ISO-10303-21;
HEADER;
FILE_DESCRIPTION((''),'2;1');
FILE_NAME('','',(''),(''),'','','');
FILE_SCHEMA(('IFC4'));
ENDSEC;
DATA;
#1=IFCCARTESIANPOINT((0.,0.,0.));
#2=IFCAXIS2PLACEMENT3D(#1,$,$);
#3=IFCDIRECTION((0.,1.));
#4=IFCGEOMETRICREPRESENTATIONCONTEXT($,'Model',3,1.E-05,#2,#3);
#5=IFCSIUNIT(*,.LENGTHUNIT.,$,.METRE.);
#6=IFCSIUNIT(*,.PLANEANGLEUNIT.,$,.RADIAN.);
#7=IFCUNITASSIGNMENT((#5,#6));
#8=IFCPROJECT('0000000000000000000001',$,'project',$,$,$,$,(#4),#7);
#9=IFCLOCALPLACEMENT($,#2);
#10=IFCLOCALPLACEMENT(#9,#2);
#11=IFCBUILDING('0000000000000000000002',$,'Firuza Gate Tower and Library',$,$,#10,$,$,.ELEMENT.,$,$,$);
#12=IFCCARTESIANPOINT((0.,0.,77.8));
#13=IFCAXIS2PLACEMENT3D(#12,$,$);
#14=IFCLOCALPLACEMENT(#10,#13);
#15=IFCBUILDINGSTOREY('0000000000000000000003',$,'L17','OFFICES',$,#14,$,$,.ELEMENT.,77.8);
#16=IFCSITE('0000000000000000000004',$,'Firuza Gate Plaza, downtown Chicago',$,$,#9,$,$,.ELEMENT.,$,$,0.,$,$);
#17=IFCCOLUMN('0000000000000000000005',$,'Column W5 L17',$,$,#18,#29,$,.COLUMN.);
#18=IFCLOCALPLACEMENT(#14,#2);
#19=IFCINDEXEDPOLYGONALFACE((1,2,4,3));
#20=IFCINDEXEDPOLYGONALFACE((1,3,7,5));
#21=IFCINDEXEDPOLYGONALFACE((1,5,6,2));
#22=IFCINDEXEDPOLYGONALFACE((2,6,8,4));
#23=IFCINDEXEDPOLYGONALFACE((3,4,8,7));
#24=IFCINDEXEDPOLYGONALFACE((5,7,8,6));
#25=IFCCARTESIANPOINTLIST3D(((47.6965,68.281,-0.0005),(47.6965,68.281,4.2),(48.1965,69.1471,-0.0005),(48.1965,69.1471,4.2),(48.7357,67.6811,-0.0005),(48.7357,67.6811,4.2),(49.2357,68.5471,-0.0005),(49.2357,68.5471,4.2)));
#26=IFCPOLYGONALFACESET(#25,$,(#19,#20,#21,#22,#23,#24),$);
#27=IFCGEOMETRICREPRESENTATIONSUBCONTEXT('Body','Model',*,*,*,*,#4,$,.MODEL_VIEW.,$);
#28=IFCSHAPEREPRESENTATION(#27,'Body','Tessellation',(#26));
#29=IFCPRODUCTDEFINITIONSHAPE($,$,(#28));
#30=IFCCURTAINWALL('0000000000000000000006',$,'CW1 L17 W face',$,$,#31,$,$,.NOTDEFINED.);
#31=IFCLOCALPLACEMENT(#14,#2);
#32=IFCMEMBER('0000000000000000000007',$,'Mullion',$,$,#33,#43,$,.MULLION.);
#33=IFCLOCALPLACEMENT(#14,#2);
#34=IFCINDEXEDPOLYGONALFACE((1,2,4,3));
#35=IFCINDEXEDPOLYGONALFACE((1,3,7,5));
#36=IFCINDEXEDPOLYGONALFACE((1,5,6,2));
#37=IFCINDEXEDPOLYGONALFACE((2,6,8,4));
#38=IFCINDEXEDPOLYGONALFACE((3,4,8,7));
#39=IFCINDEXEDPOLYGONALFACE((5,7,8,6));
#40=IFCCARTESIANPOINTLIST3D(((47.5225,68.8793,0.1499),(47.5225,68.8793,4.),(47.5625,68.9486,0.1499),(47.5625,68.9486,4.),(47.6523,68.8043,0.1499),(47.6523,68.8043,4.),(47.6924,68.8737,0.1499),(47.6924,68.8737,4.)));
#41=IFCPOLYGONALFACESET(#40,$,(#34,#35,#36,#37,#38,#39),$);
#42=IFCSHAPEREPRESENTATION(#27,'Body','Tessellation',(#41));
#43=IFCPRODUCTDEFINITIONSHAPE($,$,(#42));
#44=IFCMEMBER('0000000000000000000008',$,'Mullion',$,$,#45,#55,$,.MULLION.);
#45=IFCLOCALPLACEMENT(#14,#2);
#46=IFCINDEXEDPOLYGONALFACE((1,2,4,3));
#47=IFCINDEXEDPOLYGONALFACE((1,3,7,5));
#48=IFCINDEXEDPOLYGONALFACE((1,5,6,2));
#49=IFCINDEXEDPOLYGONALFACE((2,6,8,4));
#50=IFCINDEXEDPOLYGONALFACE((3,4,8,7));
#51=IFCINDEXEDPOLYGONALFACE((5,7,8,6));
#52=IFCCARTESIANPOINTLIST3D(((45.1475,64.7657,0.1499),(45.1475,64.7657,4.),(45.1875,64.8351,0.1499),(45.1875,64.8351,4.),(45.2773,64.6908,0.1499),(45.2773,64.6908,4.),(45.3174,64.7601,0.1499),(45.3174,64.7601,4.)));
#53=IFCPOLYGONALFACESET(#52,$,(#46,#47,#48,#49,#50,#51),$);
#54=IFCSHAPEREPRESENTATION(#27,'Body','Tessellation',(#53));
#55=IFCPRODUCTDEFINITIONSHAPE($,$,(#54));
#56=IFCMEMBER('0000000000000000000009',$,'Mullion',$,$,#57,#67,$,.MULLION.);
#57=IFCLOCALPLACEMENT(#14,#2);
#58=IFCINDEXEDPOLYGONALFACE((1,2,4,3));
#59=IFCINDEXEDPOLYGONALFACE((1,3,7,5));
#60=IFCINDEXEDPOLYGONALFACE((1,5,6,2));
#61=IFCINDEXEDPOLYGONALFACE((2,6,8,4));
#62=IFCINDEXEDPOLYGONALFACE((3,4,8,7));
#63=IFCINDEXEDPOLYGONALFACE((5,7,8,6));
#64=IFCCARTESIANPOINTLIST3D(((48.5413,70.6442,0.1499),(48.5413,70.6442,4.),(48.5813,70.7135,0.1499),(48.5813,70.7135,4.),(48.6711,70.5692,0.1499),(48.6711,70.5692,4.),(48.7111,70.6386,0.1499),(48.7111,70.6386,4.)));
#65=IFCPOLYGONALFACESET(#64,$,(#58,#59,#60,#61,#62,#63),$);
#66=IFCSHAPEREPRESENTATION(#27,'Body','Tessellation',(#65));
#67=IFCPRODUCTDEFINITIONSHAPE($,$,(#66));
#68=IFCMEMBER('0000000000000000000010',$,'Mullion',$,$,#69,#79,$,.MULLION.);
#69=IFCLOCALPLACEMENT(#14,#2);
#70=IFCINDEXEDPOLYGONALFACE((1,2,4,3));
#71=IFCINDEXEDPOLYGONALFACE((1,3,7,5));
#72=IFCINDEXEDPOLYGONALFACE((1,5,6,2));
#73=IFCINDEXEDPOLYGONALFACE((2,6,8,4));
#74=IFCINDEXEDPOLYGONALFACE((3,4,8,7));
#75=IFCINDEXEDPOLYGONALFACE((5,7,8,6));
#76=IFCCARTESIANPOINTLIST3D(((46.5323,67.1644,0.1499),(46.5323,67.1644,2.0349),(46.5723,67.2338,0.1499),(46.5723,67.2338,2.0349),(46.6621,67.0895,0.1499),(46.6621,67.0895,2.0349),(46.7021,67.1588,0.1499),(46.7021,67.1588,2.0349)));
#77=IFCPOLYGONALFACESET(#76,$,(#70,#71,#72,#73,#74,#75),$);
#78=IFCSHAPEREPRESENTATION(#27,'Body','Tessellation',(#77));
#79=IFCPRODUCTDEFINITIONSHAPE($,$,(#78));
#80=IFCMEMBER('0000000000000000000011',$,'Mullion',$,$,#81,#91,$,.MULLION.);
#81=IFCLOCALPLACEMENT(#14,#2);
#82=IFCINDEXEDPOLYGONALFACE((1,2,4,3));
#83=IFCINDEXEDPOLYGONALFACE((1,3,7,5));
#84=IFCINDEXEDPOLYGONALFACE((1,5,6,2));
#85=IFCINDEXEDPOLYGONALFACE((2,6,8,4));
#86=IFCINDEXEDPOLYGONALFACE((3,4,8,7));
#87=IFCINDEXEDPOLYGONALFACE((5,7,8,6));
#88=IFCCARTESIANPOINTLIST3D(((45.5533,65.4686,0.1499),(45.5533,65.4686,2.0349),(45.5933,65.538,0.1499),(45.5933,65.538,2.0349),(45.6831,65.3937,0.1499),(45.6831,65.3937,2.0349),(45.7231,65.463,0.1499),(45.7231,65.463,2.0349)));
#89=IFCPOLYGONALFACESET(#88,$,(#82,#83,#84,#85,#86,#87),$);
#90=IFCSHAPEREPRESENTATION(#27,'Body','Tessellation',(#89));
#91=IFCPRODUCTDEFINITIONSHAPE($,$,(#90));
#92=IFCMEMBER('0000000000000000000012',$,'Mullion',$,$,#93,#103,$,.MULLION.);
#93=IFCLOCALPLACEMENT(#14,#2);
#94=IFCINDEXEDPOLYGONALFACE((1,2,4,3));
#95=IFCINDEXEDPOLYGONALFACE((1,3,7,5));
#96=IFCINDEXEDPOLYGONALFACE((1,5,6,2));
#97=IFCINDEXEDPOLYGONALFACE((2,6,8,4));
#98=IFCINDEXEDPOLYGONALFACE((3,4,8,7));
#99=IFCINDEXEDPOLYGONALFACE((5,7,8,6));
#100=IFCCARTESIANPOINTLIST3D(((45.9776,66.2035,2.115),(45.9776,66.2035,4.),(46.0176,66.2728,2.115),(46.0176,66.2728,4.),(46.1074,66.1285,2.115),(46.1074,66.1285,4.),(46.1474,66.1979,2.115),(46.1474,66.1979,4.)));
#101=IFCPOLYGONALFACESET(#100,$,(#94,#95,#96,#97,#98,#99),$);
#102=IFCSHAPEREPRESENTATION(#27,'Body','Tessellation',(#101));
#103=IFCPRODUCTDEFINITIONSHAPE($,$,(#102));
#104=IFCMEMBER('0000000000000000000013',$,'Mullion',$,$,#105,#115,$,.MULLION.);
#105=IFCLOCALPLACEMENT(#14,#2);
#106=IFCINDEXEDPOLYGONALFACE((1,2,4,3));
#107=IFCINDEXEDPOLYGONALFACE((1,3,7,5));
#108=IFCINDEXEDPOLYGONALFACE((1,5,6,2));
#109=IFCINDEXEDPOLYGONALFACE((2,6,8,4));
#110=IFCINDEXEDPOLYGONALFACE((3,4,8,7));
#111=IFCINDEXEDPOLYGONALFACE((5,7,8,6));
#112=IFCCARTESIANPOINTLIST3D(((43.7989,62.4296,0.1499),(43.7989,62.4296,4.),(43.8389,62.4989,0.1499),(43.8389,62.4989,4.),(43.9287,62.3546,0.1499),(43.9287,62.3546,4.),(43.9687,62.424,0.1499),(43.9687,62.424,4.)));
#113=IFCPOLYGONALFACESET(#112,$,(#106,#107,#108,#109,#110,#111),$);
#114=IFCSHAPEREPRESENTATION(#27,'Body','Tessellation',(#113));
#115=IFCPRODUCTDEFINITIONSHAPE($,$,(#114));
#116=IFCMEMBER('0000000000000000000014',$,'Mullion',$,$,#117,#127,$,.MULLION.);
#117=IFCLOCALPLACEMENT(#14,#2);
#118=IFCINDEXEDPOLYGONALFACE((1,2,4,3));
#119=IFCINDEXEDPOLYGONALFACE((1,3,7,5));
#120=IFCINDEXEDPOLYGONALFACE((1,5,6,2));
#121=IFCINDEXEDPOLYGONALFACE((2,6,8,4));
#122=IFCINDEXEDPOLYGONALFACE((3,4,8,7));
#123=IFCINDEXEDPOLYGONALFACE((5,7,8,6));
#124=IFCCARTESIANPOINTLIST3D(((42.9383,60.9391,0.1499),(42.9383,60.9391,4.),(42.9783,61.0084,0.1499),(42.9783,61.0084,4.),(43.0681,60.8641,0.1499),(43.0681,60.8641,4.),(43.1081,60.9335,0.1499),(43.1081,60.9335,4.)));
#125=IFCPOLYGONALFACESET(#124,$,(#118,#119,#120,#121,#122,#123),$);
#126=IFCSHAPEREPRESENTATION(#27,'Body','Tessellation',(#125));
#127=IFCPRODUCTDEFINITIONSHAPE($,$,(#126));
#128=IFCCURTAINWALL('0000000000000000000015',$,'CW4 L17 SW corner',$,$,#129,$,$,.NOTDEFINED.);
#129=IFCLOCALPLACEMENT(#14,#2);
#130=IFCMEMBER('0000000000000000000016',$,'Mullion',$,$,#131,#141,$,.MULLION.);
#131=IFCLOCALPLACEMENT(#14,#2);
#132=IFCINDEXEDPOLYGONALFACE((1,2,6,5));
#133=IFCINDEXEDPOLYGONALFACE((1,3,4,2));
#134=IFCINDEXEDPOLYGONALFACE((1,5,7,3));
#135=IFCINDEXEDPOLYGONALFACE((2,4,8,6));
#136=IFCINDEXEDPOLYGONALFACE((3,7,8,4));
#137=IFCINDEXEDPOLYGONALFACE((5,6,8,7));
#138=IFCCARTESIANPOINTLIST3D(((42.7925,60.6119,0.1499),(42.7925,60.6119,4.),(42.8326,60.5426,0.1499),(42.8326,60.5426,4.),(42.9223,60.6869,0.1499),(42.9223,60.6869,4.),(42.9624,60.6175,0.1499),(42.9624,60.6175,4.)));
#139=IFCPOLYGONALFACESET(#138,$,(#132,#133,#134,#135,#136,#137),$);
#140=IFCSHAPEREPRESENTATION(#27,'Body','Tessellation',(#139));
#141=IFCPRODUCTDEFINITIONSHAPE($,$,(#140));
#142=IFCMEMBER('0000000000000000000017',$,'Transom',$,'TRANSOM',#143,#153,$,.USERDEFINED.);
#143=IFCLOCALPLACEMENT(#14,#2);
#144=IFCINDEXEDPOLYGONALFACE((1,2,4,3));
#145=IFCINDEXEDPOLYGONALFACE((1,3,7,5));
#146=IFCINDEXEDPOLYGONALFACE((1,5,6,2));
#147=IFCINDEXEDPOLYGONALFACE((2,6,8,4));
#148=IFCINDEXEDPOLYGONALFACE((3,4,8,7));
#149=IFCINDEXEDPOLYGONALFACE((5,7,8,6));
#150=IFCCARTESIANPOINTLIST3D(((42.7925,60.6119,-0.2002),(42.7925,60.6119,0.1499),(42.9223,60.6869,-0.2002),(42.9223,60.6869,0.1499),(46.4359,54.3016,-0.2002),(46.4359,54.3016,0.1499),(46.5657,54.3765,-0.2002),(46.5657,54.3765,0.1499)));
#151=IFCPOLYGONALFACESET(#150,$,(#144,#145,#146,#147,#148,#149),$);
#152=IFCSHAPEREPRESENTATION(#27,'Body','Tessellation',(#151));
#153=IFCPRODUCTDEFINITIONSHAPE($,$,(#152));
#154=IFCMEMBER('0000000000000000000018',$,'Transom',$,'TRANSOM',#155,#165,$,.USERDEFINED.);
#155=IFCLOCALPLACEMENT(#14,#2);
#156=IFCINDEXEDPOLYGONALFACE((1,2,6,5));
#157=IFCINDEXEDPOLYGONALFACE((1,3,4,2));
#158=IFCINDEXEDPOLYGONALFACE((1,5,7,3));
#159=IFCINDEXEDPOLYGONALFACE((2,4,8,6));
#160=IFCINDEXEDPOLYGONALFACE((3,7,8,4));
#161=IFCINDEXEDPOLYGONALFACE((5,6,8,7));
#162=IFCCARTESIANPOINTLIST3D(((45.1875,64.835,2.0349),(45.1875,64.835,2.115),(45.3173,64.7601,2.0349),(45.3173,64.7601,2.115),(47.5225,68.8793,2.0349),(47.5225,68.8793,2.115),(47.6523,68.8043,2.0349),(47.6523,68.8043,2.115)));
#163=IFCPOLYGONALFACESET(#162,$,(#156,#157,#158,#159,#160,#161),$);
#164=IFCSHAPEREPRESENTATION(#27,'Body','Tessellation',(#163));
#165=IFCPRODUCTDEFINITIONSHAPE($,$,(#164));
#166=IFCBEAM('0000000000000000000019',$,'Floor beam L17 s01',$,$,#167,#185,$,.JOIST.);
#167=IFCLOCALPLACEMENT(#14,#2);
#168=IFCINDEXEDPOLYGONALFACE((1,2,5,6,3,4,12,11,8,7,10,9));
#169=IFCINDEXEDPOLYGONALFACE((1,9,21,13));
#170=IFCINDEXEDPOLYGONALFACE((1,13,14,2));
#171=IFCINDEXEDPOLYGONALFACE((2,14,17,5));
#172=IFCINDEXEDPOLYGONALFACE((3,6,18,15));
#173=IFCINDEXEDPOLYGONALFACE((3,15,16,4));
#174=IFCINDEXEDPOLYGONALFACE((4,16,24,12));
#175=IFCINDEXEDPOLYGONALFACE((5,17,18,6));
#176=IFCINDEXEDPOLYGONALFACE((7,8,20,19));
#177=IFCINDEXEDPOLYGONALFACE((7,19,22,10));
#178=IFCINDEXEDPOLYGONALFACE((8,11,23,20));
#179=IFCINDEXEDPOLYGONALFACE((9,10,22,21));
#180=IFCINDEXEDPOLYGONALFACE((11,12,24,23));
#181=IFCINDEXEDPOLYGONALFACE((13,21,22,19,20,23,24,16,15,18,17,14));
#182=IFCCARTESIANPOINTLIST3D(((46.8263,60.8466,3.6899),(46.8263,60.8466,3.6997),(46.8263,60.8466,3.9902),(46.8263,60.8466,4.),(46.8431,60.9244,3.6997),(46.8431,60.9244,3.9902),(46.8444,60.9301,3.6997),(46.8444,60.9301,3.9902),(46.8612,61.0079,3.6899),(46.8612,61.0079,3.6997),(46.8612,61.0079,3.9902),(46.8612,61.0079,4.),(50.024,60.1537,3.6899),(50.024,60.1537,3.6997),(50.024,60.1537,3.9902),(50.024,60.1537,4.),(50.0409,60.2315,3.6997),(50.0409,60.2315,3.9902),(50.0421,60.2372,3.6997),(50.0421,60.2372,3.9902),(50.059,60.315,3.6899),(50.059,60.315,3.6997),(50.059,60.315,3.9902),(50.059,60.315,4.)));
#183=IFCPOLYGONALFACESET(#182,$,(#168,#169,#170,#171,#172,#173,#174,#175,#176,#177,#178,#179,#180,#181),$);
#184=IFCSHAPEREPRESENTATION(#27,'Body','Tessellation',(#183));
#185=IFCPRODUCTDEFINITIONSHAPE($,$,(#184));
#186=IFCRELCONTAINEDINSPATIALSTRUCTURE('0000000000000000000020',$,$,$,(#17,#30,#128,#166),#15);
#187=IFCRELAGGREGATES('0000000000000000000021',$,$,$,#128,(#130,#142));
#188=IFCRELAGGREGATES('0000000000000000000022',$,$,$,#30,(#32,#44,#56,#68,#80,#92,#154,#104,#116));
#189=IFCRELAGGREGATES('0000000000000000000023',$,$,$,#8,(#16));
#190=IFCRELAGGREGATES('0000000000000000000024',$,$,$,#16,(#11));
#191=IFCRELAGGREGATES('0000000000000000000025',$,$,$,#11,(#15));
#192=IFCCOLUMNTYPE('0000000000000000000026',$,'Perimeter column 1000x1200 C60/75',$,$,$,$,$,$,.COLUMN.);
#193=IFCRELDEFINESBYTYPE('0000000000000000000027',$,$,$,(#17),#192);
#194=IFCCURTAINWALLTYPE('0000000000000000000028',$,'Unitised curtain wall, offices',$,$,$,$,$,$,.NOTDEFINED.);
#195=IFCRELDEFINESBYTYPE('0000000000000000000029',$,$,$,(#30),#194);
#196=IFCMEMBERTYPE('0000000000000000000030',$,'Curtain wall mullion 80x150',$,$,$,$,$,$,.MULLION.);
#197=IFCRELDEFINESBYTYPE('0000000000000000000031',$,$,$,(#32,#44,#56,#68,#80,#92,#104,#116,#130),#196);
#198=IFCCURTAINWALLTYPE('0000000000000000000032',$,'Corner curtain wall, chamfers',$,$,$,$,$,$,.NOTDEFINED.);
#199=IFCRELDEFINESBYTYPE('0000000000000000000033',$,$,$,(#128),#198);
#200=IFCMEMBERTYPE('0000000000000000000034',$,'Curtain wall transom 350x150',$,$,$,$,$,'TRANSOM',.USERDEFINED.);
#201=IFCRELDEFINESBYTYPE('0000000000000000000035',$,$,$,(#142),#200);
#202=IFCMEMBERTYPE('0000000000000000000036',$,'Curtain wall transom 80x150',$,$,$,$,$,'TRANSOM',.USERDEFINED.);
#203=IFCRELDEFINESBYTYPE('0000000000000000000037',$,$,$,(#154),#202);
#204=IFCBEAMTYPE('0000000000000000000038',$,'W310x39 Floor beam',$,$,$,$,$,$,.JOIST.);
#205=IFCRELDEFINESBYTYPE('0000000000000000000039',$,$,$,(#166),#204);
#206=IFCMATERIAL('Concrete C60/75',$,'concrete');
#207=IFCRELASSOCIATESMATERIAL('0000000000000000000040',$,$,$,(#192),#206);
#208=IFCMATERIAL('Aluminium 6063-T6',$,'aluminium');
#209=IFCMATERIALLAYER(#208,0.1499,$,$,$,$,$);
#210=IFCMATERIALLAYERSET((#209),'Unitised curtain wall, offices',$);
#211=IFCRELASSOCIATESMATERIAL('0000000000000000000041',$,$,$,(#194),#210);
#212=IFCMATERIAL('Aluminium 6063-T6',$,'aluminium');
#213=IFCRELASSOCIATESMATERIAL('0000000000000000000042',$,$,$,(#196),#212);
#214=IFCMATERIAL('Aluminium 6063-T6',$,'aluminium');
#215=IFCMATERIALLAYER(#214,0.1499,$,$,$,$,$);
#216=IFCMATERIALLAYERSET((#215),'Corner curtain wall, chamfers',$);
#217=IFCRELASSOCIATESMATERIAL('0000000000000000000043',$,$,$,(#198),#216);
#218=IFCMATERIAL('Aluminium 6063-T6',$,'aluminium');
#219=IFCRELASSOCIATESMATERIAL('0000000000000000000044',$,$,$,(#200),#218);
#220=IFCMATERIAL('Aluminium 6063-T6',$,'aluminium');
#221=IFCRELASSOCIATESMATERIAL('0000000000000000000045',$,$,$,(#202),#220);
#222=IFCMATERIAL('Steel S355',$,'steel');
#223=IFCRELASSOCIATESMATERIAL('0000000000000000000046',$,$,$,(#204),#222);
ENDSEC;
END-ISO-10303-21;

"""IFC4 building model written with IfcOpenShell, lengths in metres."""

from ifc_helpers import new_model, si_unit, direction, frame, origin, origin_2d, place, context, subcontext, project, spatial, rectangle, i_section, extrude, material, layer, layer_set, material_profile, profile_set, type_object, element, aggregate, save


model = new_model("IFC4")

# Units and contexts
model_context = context("Model", 3, precision=1e-05, world=origin(), true_north=direction((0.0, 1.0)))
body_context = subcontext(model_context, "Body", "Model", "MODEL_VIEW")
ifc_project = project(units=[si_unit("LENGTHUNIT", "METRE"), si_unit("PLANEANGLEUNIT", "RADIAN")], contexts=[model_context])

# Site, building, storey
site_placement = place(None, origin())
site = spatial("IfcSite", under=ifc_project, at=site_placement, Name="Firuza Gate Plaza, downtown Chicago", CompositionType="ELEMENT", RefElevation=0.0)
building_placement = place(site_placement, origin())
building = spatial("IfcBuilding", under=site, at=building_placement, Name="Firuza Gate Tower and Library", CompositionType="ELEMENT")
storey_placement = place(building_placement, frame((0.0, 0.0, 77.8)))
storey = spatial("IfcBuildingStorey", under=building, at=storey_placement, Name="L17", Description="OFFICES", CompositionType="ELEMENT", Elevation=77.8)

# Column
ifc_material_1 = material(Name="Concrete C60/75", Category="concrete")
ifc_material_profile_1 = material_profile(ifc_material_1, rectangle(XDim=1.0, YDim=1.2, at=origin_2d()))
ifc_profile_set_1 = profile_set([ifc_material_profile_1], Name="Concrete C60/75")
column_type = type_object("IfcColumnType", Name="Perimeter column 1000x1200 C60/75", PredefinedType="COLUMN", material=ifc_profile_set_1)
column_placement = place(storey_placement, frame((48.4661, 68.4141, -0.0005), z_axis=(0.0, 0.0, 1.0), x_axis=(-0.5, -0.866025, 0.0)))
element("IfcColumn", 1, at=column_placement, inside=storey, type_object=column_type, Name="Column W5 L17", PredefinedType="COLUMN", context=body_context, shape_type="SweptSolid", body=[
    extrude(rectangle(XDim=1.0, YDim=1.2, at=origin_2d()), origin(), (0.0, 0.0, 1.0), 4.2004),
])

# Curtain walls, members
ifc_material_2 = material(Name="Aluminium 6063-T6", Category="aluminium")
ifc_layer_1 = layer(ifc_material_2, 0.1499)
ifc_layer_set_1 = layer_set([ifc_layer_1], Name="Unitised curtain wall, offices")
curtain_wall_type_1 = type_object("IfcCurtainWallType", Name="Unitised curtain wall, offices", PredefinedType="NOTDEFINED", material=ifc_layer_set_1)
placement = place(storey_placement, origin())
curtain_wall_1 = element("IfcCurtainWall", 2, at=placement, inside=storey, type_object=curtain_wall_type_1, Name="CW1 L17 W face", PredefinedType="NOTDEFINED")
ifc_material_3 = material(Name="Aluminium 6063-T6", Category="aluminium")
ifc_material_profile_2 = material_profile(ifc_material_3, rectangle(XDim=0.1499, YDim=0.0801, at=origin_2d()))
ifc_profile_set_2 = profile_set([ifc_material_profile_2], Name="Aluminium 6063-T6")
member_type_1 = type_object("IfcMemberType", Name="Curtain wall mullion 80x150", PredefinedType="MULLION", material=ifc_profile_set_2)
member_1_placement = place(storey_placement, frame((47.6074, 68.8765, 0.1499), z_axis=(0.0, 0.0, 1.0), x_axis=(0.866025, -0.5, 0.0)))
member_1 = element("IfcMember", 3, at=member_1_placement, type_object=member_type_1, Name="Mullion", PredefinedType="MULLION", context=body_context, shape_type="SweptSolid", body=[
    extrude(rectangle(XDim=0.1499, YDim=0.0801, at=origin_2d()), origin(), (0.0, 0.0, 1.0), 3.8501),
])
member_2_placement = place(storey_placement, frame((45.2324, 64.7629, 0.1499), z_axis=(0.0, 0.0, 1.0), x_axis=(0.866025, -0.5, 0.0)))
member_2 = element("IfcMember", 4, at=member_2_placement, type_object=member_type_1, Name="Mullion", PredefinedType="MULLION", context=body_context, shape_type="SweptSolid", body=[
    extrude(rectangle(XDim=0.1499, YDim=0.0801, at=origin_2d()), origin(), (0.0, 0.0, 1.0), 3.8501),
])
member_3_placement = place(storey_placement, frame((48.6262, 70.6414, 0.1499), z_axis=(0.0, 0.0, 1.0), x_axis=(0.866025, -0.5, 0.0)))
member_3 = element("IfcMember", 5, at=member_3_placement, type_object=member_type_1, Name="Mullion", PredefinedType="MULLION", context=body_context, shape_type="SweptSolid", body=[
    extrude(rectangle(XDim=0.1499, YDim=0.0801, at=origin_2d()), origin(), (0.0, 0.0, 1.0), 3.8501),
])
member_4_placement = place(storey_placement, frame((46.6172, 67.1616, 0.1499), z_axis=(0.0, 0.0, 1.0), x_axis=(0.866025, -0.5, 0.0)))
member_4 = element("IfcMember", 6, at=member_4_placement, type_object=member_type_1, Name="Mullion", PredefinedType="MULLION", context=body_context, shape_type="SweptSolid", body=[
    extrude(rectangle(XDim=0.1499, YDim=0.0801, at=origin_2d()), origin(), (0.0, 0.0, 1.0), 1.885),
])
member_5_placement = place(storey_placement, frame((45.6382, 65.4658, 0.1499), z_axis=(0.0, 0.0, 1.0), x_axis=(0.866025, -0.5, 0.0)))
member_5 = element("IfcMember", 7, at=member_5_placement, type_object=member_type_1, Name="Mullion", PredefinedType="MULLION", context=body_context, shape_type="SweptSolid", body=[
    extrude(rectangle(XDim=0.1499, YDim=0.0801, at=origin_2d()), origin(), (0.0, 0.0, 1.0), 1.885),
])
member_6_placement = place(storey_placement, frame((46.0625, 66.2007, 2.115), z_axis=(0.0, 0.0, 1.0), x_axis=(0.866025, -0.5, 0.0)))
member_6 = element("IfcMember", 8, at=member_6_placement, type_object=member_type_1, Name="Mullion", PredefinedType="MULLION", context=body_context, shape_type="SweptSolid", body=[
    extrude(rectangle(XDim=0.1499, YDim=0.0801, at=origin_2d()), origin(), (0.0, 0.0, 1.0), 1.885),
])
member_7_placement = place(storey_placement, frame((43.8838, 62.4268, 0.1499), z_axis=(0.0, 0.0, 1.0), x_axis=(0.866025, -0.5, 0.0)))
member_7 = element("IfcMember", 9, at=member_7_placement, type_object=member_type_1, Name="Mullion", PredefinedType="MULLION", context=body_context, shape_type="SweptSolid", body=[
    extrude(rectangle(XDim=0.1499, YDim=0.0801, at=origin_2d()), origin(), (0.0, 0.0, 1.0), 3.8501),
])
member_8_placement = place(storey_placement, frame((43.0232, 60.9363, 0.1499), z_axis=(0.0, 0.0, 1.0), x_axis=(0.866025, -0.5, 0.0)))
member_8 = element("IfcMember", 10, at=member_8_placement, type_object=member_type_1, Name="Mullion", PredefinedType="MULLION", context=body_context, shape_type="SweptSolid", body=[
    extrude(rectangle(XDim=0.1499, YDim=0.0801, at=origin_2d()), origin(), (0.0, 0.0, 1.0), 3.8501),
])
ifc_material_4 = material(Name="Aluminium 6063-T6", Category="aluminium")
ifc_layer_2 = layer(ifc_material_4, 0.1499)
ifc_layer_set_2 = layer_set([ifc_layer_2], Name="Corner curtain wall, chamfers")
curtain_wall_type_2 = type_object("IfcCurtainWallType", Name="Corner curtain wall, chamfers", PredefinedType="NOTDEFINED", material=ifc_layer_set_2)
curtain_wall_2 = element("IfcCurtainWall", 11, at=placement, inside=storey, type_object=curtain_wall_type_2, Name="CW4 L17 SW corner", PredefinedType="NOTDEFINED")
member_9_placement = place(storey_placement, frame((42.8774, 60.6147, 0.1499), z_axis=(0.0, 0.0, 1.0), x_axis=(0.866025, 0.5, 0.0)))
member_9 = element("IfcMember", 12, at=member_9_placement, type_object=member_type_1, Name="Mullion", PredefinedType="MULLION", context=body_context, shape_type="SweptSolid", body=[
    extrude(rectangle(XDim=0.1499, YDim=0.0801, at=origin_2d()), origin(), (0.0, 0.0, 1.0), 3.8501),
])
ifc_material_5 = material(Name="Aluminium 6063-T6", Category="aluminium")
ifc_material_profile_3 = material_profile(ifc_material_5, rectangle(XDim=0.1499, YDim=0.3501, at=origin_2d()))
ifc_profile_set_3 = profile_set([ifc_material_profile_3], Name="Aluminium 6063-T6")
member_type_2 = type_object("IfcMemberType", Name="Curtain wall transom 350x150", ElementType="TRANSOM", PredefinedType="USERDEFINED", material=ifc_profile_set_3)
member_10_placement = place(storey_placement, frame((42.8574, 60.6494, -0.0251), z_axis=(0.500006, -0.866022, 0.0), x_axis=(0.866022, 0.500006, 0.0)))
member_10 = element("IfcMember", 13, at=member_10_placement, type_object=member_type_2, Name="Transom", ObjectType="TRANSOM", PredefinedType="USERDEFINED", context=body_context, shape_type="SweptSolid", body=[
    extrude(rectangle(XDim=0.1499, YDim=0.3501, at=origin_2d()), origin(), (0.0, 0.0, 1.0), 7.2866),
])

# Member
ifc_material_6 = material(Name="Aluminium 6063-T6", Category="aluminium")
ifc_material_profile_4 = material_profile(ifc_material_6, rectangle(XDim=0.1499, YDim=0.0801, at=origin_2d()))
ifc_profile_set_4 = profile_set([ifc_material_profile_4], Name="Aluminium 6063-T6")
member_type_3 = type_object("IfcMemberType", Name="Curtain wall transom 80x150", ElementType="TRANSOM", PredefinedType="USERDEFINED", material=ifc_profile_set_4)
member_11_placement = place(storey_placement, frame((47.5874, 68.8418, 2.075), z_axis=(-0.500008, -0.866021, 0.0), x_axis=(0.866021, -0.500008, 0.0)))
member_11 = element("IfcMember", 14, at=member_11_placement, type_object=member_type_3, Name="Transom", ObjectType="TRANSOM", PredefinedType="USERDEFINED", context=body_context, shape_type="SweptSolid", body=[
    extrude(rectangle(XDim=0.1499, YDim=0.0801, at=origin_2d()), origin(), (0.0, 0.0, 1.0), 4.6699),
])

# Beam
ifc_material_7 = material(Name="Steel S355", Category="steel")
ifc_material_profile_5 = material_profile(ifc_material_7, i_section(OverallWidth=0.165, OverallDepth=0.3101, WebThickness=0.0059, FlangeThickness=0.0098, at=origin_2d()))
ifc_profile_set_5 = profile_set([ifc_material_profile_5], Name="Steel S355")
beam_type_1 = type_object("IfcBeamType", Name="W310x39 Floor beam", PredefinedType="JOIST", material=ifc_profile_set_5)
beam_1_placement = place(storey_placement, frame((46.8438, 60.9272, 3.845), z_axis=(0.977322, -0.21176, 0.0), x_axis=(0.21176, 0.977322, 0.0)))
element("IfcBeam", 15, at=beam_1_placement, inside=storey, type_object=beam_type_1, Name="Floor beam L17 s01", PredefinedType="JOIST", context=body_context, shape_type="SweptSolid", body=[
    extrude(i_section(OverallWidth=0.165, OverallDepth=0.3101, WebThickness=0.0059, FlangeThickness=0.0098, at=origin_2d()), origin(), (0.0, 0.0, 1.0), 3.272),
])

aggregate(curtain_wall_2, [member_9, member_10])
aggregate(curtain_wall_1, [member_1, member_2, member_3, member_4, member_5, member_6, member_11, member_7, member_8])

save(model, "model.ifc")
